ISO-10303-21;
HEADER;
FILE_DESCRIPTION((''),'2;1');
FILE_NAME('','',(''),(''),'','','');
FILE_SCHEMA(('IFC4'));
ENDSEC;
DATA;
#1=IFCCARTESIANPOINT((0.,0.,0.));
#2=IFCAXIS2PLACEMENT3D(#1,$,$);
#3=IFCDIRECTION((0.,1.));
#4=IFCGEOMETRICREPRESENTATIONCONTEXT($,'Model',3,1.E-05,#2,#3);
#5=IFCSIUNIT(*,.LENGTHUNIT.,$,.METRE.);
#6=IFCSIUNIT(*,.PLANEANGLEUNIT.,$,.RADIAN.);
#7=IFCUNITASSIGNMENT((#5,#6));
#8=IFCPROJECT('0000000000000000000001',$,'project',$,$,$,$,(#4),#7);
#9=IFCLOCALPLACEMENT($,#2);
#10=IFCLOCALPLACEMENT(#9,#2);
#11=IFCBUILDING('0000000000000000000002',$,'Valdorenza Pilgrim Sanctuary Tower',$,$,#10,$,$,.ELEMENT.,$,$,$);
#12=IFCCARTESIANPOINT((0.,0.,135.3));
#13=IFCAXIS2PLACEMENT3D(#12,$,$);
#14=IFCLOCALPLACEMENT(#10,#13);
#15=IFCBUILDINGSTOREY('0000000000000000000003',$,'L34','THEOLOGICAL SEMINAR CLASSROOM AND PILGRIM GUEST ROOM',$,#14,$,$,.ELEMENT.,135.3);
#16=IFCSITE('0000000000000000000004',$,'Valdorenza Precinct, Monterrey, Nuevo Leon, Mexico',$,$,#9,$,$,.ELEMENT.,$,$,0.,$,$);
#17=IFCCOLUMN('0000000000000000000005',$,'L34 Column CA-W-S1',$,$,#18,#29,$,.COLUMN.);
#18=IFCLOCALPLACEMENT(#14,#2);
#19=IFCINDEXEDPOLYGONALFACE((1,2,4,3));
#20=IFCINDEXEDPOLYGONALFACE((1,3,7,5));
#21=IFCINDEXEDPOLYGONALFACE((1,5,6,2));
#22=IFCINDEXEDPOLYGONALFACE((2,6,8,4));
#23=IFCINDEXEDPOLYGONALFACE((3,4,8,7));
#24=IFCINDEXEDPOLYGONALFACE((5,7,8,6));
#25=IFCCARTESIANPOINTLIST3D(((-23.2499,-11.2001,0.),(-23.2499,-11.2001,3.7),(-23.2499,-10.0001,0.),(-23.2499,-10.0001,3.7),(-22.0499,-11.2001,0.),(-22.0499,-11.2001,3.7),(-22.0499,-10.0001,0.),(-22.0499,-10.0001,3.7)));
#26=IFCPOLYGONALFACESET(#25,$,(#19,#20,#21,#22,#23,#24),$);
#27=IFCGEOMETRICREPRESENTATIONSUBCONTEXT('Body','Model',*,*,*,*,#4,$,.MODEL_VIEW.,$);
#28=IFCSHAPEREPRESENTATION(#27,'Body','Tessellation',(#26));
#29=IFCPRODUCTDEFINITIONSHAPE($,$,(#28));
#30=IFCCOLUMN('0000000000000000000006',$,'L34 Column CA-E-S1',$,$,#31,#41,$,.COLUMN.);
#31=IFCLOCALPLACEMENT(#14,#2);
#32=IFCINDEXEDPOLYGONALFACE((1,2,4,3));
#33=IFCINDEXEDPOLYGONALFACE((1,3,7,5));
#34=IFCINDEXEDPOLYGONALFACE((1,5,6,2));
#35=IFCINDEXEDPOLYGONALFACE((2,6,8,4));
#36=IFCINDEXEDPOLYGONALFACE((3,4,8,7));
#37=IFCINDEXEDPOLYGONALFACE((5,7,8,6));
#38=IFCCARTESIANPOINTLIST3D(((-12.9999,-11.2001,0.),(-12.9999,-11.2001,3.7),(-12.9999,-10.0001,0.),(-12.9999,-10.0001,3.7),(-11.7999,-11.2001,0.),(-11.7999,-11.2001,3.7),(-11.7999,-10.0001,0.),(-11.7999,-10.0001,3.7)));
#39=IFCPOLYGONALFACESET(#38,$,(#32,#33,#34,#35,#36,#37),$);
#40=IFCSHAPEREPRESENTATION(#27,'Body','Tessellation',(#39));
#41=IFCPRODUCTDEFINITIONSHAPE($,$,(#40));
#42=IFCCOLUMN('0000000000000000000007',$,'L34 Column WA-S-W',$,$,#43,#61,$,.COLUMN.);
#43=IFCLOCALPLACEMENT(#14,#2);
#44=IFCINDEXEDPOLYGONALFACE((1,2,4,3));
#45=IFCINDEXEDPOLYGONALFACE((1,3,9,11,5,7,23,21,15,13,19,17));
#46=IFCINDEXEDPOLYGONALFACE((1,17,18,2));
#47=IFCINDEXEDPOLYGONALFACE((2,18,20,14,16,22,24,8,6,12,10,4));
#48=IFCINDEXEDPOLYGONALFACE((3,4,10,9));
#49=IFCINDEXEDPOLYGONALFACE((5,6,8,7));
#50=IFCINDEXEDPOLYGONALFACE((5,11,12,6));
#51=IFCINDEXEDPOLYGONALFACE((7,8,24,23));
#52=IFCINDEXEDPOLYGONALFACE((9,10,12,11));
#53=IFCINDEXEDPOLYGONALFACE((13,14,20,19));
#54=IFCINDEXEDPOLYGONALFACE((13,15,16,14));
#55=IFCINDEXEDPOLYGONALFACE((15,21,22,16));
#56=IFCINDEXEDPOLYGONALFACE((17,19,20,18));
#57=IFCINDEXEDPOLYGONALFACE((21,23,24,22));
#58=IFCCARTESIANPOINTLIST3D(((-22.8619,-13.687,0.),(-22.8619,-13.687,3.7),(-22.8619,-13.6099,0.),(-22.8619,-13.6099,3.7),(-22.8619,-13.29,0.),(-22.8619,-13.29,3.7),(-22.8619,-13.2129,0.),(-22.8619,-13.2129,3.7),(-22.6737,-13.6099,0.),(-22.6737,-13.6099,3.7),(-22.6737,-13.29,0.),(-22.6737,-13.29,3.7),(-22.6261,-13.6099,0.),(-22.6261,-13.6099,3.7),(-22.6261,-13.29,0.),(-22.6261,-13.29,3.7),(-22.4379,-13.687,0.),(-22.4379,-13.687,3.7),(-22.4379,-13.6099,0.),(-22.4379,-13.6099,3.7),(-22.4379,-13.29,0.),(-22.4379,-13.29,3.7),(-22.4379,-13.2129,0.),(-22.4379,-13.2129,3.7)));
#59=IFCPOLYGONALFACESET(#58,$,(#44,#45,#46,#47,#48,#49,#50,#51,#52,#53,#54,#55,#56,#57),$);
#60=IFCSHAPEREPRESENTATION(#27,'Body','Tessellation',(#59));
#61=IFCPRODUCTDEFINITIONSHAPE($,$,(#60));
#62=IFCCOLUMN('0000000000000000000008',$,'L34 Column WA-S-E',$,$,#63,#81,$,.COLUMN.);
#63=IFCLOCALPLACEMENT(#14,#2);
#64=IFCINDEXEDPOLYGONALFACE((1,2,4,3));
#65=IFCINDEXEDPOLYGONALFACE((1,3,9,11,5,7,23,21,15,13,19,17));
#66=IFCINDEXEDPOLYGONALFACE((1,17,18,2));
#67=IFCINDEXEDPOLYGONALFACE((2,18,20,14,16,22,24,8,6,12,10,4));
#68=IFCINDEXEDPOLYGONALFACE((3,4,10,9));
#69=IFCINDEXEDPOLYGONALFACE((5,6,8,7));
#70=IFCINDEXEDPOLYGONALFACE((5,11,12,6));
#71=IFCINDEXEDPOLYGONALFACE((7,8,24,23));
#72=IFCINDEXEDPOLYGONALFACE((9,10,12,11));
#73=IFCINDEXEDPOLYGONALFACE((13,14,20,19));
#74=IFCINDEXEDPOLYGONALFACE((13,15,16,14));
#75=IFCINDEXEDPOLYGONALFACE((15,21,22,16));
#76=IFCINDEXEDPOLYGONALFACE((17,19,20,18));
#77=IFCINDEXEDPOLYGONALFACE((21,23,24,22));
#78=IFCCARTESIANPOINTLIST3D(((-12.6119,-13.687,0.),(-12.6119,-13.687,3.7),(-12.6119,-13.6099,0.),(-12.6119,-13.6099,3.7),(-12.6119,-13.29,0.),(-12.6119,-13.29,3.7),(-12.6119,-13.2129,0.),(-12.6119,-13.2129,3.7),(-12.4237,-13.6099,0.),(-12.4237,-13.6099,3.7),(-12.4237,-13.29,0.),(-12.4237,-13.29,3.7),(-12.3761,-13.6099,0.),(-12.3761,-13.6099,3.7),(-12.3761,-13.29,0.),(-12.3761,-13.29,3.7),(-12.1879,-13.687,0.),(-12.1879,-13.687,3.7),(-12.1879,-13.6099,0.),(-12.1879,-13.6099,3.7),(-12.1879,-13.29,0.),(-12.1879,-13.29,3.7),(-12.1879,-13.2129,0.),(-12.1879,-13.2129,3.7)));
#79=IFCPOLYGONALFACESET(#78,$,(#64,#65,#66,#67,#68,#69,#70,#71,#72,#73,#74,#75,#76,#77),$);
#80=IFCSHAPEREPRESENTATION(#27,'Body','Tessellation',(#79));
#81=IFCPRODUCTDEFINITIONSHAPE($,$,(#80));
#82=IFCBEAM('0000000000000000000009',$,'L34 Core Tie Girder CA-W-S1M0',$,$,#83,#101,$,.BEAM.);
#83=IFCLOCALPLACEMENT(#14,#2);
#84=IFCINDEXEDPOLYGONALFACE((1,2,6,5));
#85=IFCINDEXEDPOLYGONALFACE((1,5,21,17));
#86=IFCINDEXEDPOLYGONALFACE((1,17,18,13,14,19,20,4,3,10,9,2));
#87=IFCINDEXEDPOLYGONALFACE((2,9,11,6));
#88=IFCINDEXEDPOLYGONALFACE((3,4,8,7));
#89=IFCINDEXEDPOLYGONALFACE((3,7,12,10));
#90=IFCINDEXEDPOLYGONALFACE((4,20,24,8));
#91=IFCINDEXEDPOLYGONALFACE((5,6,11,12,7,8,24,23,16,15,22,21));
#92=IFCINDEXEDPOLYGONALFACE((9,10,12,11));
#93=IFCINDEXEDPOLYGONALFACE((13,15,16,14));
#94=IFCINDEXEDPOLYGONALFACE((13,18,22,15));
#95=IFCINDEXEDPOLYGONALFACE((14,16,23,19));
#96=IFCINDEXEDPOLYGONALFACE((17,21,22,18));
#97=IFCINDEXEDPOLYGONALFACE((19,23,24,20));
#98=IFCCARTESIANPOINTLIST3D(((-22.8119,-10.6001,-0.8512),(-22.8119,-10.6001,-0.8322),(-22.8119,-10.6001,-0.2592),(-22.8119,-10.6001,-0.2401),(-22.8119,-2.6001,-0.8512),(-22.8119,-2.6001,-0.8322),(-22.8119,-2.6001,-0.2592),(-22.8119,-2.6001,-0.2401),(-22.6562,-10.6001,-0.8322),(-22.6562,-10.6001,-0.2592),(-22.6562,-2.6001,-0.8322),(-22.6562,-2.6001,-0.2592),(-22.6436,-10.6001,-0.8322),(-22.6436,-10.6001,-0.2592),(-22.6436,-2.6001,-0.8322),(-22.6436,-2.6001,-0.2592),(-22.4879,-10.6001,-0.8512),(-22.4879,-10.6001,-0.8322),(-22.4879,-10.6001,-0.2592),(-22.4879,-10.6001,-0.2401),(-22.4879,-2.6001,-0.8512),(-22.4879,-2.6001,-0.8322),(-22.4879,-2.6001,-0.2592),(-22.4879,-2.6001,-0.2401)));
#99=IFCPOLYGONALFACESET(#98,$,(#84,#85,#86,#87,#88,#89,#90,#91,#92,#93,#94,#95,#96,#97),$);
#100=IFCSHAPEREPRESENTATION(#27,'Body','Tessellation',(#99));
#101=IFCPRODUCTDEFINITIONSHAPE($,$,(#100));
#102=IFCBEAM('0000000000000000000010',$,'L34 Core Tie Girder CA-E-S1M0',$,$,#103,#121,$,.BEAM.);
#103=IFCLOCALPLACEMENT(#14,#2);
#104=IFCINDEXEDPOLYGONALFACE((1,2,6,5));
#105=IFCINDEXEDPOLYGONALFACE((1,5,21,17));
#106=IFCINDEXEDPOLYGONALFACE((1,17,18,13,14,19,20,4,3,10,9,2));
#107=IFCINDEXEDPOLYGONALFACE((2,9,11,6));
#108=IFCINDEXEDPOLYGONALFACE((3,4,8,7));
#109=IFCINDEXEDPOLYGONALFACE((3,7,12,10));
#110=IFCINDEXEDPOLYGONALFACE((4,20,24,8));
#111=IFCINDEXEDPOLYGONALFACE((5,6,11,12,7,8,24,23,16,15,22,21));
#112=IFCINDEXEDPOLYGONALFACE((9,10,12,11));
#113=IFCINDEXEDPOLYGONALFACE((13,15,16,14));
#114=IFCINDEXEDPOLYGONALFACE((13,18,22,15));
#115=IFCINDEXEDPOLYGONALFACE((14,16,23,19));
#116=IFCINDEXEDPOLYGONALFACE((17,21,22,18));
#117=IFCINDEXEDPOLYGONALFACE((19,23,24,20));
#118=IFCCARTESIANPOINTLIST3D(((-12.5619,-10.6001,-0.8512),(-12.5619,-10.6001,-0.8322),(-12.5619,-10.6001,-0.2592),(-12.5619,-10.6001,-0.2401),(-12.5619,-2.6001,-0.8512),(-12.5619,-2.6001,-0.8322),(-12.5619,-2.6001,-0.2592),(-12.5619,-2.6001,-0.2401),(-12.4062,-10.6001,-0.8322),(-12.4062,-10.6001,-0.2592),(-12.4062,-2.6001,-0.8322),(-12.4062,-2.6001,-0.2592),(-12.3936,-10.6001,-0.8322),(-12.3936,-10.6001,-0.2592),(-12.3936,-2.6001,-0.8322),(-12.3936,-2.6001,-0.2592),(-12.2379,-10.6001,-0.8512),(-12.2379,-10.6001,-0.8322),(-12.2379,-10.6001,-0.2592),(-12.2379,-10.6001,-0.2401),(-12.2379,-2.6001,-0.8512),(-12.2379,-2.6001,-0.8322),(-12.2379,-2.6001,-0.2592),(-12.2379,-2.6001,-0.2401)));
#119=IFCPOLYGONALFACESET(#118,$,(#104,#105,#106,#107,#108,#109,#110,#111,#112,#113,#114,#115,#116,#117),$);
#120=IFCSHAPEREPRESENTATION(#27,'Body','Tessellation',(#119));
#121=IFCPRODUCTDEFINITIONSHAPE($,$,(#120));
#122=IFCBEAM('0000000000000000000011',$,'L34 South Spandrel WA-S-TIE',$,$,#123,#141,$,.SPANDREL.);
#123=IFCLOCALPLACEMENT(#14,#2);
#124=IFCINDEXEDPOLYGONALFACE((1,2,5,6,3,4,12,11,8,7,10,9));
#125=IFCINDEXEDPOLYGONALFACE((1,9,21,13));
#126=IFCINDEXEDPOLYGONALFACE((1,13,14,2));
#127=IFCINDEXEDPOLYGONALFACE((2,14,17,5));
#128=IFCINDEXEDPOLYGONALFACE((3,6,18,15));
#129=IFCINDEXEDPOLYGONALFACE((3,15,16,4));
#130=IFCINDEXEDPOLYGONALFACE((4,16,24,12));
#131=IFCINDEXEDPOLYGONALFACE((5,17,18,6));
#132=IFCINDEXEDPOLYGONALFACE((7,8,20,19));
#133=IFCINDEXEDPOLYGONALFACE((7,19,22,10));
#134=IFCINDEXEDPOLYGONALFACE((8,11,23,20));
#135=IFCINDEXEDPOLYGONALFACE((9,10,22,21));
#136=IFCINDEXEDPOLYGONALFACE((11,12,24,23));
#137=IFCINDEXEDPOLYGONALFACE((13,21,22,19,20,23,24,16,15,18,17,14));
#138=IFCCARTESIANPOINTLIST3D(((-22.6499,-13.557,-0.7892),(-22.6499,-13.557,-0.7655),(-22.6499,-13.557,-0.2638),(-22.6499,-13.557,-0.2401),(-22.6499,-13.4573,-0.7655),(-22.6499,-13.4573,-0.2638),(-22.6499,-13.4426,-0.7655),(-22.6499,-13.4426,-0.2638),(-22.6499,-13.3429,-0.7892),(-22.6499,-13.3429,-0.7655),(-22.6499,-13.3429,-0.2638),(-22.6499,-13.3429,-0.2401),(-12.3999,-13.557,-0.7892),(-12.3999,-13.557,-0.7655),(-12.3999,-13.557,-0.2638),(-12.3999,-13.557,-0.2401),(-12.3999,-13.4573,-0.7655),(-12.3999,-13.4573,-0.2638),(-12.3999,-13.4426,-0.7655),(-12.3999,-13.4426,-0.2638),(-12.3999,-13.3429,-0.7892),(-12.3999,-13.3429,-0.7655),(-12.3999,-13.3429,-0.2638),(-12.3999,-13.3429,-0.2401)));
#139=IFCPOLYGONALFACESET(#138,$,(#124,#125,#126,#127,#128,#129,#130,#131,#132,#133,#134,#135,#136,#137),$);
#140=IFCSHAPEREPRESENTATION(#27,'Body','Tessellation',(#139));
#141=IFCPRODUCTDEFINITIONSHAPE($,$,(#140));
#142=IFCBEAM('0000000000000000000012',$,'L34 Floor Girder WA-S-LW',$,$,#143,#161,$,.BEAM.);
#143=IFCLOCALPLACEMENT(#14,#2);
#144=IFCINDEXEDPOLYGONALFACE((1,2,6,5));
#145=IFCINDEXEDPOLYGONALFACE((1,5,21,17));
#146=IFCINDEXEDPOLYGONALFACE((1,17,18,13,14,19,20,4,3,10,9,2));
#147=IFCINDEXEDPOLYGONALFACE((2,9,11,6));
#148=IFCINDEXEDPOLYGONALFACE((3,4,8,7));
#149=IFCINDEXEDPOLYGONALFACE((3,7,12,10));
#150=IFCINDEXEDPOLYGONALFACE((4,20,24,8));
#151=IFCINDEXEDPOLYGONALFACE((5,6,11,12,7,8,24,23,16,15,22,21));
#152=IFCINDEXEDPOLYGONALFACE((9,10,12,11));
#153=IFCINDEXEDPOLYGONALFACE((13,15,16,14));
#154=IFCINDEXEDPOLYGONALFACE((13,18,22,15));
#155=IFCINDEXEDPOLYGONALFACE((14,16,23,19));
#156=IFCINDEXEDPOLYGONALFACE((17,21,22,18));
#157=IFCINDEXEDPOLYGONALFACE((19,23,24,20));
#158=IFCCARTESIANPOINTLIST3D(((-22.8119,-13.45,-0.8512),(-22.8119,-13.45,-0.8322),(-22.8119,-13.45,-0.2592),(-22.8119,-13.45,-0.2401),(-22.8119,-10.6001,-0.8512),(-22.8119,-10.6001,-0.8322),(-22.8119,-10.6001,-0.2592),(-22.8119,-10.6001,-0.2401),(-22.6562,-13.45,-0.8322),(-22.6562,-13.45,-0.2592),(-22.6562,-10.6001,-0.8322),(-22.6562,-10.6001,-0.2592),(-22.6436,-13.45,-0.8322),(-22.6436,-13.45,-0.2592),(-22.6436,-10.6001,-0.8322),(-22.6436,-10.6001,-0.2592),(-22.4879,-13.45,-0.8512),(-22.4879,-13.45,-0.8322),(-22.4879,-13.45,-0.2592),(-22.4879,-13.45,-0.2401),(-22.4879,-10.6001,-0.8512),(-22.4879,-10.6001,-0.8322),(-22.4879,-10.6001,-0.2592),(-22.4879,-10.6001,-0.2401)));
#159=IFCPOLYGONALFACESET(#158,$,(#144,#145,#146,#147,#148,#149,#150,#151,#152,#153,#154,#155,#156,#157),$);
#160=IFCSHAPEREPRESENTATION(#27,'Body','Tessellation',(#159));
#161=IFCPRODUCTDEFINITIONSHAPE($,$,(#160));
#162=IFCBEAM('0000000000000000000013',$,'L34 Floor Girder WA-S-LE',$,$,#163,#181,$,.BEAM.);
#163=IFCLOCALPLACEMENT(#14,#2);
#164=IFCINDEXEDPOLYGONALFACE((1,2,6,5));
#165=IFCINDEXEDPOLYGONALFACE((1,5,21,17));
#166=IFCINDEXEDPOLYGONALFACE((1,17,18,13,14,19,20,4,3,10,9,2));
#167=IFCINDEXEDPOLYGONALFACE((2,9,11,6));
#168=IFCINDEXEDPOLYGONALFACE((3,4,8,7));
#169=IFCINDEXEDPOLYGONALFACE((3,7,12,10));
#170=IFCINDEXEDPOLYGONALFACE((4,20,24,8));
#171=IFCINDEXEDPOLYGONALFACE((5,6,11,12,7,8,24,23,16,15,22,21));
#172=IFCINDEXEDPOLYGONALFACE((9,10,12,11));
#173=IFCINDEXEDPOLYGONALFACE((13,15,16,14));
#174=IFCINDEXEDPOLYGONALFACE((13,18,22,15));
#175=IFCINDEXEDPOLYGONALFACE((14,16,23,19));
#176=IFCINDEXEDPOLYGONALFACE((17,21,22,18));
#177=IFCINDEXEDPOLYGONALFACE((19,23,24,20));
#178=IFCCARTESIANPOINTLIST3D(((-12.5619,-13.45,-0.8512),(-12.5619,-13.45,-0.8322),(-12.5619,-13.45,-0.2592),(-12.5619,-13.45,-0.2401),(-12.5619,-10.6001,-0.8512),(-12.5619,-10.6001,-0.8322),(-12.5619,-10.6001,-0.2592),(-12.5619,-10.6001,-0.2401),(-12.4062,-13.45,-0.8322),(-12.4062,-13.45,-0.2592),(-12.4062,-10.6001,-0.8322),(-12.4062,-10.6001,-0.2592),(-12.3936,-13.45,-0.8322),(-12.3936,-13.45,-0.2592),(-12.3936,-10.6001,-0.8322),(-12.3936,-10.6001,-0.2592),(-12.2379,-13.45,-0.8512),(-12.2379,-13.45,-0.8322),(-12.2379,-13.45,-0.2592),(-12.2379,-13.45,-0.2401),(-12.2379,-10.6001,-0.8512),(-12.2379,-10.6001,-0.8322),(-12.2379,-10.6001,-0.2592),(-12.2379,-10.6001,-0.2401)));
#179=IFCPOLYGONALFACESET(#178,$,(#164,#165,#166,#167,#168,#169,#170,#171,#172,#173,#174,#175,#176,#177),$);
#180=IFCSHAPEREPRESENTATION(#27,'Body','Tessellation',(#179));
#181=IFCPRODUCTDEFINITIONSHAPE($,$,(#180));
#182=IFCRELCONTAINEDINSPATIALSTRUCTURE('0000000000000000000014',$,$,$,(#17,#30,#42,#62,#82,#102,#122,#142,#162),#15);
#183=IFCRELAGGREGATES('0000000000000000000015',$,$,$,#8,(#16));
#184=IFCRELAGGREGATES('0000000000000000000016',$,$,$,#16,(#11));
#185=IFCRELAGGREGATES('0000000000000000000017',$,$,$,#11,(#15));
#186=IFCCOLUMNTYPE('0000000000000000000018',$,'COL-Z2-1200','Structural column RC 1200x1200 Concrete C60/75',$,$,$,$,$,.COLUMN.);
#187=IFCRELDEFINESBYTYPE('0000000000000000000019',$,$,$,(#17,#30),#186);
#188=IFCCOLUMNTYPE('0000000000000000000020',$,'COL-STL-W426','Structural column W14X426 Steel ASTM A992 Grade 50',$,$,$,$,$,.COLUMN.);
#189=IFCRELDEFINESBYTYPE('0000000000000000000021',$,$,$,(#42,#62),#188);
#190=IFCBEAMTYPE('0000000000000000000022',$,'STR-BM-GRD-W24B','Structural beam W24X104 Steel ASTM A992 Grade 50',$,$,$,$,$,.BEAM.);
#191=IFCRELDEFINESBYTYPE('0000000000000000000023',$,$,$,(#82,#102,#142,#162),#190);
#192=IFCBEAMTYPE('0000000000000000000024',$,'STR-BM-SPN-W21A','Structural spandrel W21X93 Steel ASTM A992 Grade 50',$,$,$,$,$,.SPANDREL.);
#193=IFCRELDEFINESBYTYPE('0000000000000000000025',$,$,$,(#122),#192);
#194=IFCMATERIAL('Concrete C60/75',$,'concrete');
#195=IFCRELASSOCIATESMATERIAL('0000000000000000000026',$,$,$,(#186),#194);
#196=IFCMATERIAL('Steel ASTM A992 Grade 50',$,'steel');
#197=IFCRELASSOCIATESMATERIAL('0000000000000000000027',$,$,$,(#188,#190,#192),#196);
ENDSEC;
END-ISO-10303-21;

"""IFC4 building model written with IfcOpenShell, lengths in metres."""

from ifc_helpers import new_model, si_unit, direction, frame, origin, origin_2d, place, context, subcontext, project, spatial, rectangle, i_section, extrude, source, transform, mapped, material, material_profile, profile_set, type_object, element, save


model = new_model("IFC4")

# Units and contexts
model_context = context("Model", 3, precision=1e-05, world=origin(), true_north=direction((0.0, 1.0)))
body_context = subcontext(model_context, "Body", "Model", "MODEL_VIEW")
ifc_project = project(units=[si_unit("LENGTHUNIT", "METRE"), si_unit("PLANEANGLEUNIT", "RADIAN")], contexts=[model_context])

# Site, building, storey
site_placement = place(None, origin())
site = spatial("IfcSite", under=ifc_project, at=site_placement, Name="Valdorenza Precinct, Monterrey, Nuevo Leon, Mexico", CompositionType="ELEMENT", RefElevation=0.0)
building_placement = place(site_placement, origin())
building = spatial("IfcBuilding", under=site, at=building_placement, Name="Valdorenza Pilgrim Sanctuary Tower", CompositionType="ELEMENT")
storey_placement = place(building_placement, frame((0.0, 0.0, 135.3)))
storey = spatial("IfcBuildingStorey", under=building, at=storey_placement, Name="L34", Description="THEOLOGICAL SEMINAR CLASSROOM AND PILGRIM GUEST ROOM", CompositionType="ELEMENT", Elevation=135.3)

# Columns
ifc_material_1 = material(Name="Concrete C60/75", Category="concrete")
ifc_material_profile_1 = material_profile(ifc_material_1, rectangle(XDim=1.2, YDim=1.2, at=origin_2d()), Name="RC 1200x1200")
ifc_profile_set_1 = profile_set([ifc_material_profile_1], Name="Concrete C60/75")
column_type_1 = type_object("IfcColumnType", Name="COL-Z2-1200", Description="Structural column RC 1200x1200 Concrete C60/75", PredefinedType="COLUMN", material=ifc_profile_set_1)
shared_shape_1 = source(origin(), body_context, "Body", "SweptSolid", [
    extrude(rectangle(XDim=1.2, YDim=1.2, at=origin_2d()), origin(), (0.0, 0.0, 1.0), 3.7),
])
for number, where, z_axis, x_axis, name in (
    (1, (-22.6499, -10.6001, 0.0), (0.0, 0.0, 1.0), (1.0, 0.0, 0.0), "L34 Column CA-W-S1"),
    (2, (-12.3999, -10.6001, 0.0), (0.0, 0.0, 1.0), (1.0, 0.0, 0.0), "L34 Column CA-E-S1"),
):
    element("IfcColumn", number, at=place(storey_placement, frame(where, z_axis=z_axis, x_axis=x_axis)), inside=storey, type_object=column_type_1, Name=name, PredefinedType="COLUMN", context=body_context, shape_type="MappedRepresentation", body=[
        mapped(shared_shape_1, transform((0.0, 0.0, 0.0), x_axis=(1.0, 0.0, 0.0), y_axis=(0.0, 1.0, 0.0), z_axis=(0.0, 0.0, 1.0), scale=1.0)),
    ])
ifc_material_2 = material(Name="Steel ASTM A992 Grade 50", Category="steel")
ifc_material_profile_2 = material_profile(ifc_material_2, i_section(OverallWidth=0.4241, OverallDepth=0.4741, WebThickness=0.0476, FlangeThickness=0.0771, at=origin_2d()), Name="W14X426")
ifc_profile_set_2 = profile_set([ifc_material_profile_2], Name="Steel ASTM A992 Grade 50")
column_type_2 = type_object("IfcColumnType", Name="COL-STL-W426", Description="Structural column W14X426 Steel ASTM A992 Grade 50", PredefinedType="COLUMN", material=ifc_profile_set_2)
shared_shape_2 = source(origin(), body_context, "Body", "SweptSolid", [
    extrude(i_section(OverallWidth=0.4241, OverallDepth=0.4741, WebThickness=0.0476, FlangeThickness=0.0771, at=origin_2d()), origin(), (0.0, 0.0, 1.0), 3.7),
])
for number, where, z_axis, x_axis, name in (
    (3, (-22.6499, -13.45, 0.0), (0.0, 0.0, 1.0), (1.0, 0.0, 0.0), "L34 Column WA-S-W"),
    (4, (-12.3999, -13.45, 0.0), (0.0, 0.0, 1.0), (1.0, 0.0, 0.0), "L34 Column WA-S-E"),
):
    element("IfcColumn", number, at=place(storey_placement, frame(where, z_axis=z_axis, x_axis=x_axis)), inside=storey, type_object=column_type_2, Name=name, PredefinedType="COLUMN", context=body_context, shape_type="MappedRepresentation", body=[
        mapped(shared_shape_2, transform((0.0, 0.0, 0.0), x_axis=(1.0, 0.0, 0.0), y_axis=(0.0, 1.0, 0.0), z_axis=(0.0, 0.0, 1.0), scale=1.0)),
    ])

# Beams
ifc_material_profile_3 = material_profile(ifc_material_2, i_section(OverallWidth=0.324, OverallDepth=0.6111, WebThickness=0.0127, FlangeThickness=0.019, at=origin_2d()), Name="W24X104")
ifc_profile_set_3 = profile_set([ifc_material_profile_3], Name="Steel ASTM A992 Grade 50")
beam_type_1 = type_object("IfcBeamType", Name="STR-BM-GRD-W24B", Description="Structural beam W24X104 Steel ASTM A992 Grade 50", PredefinedType="BEAM", material=ifc_profile_set_3)
shared_shape_3 = source(origin(), body_context, "Body", "SweptSolid", [
    extrude(i_section(OverallWidth=0.324, OverallDepth=0.6111, WebThickness=0.0127, FlangeThickness=0.019, at=origin_2d()), origin(), (0.0, 0.0, 1.0), 8.0),
])
for number, where, z_axis, x_axis, name in (
    (5, (-22.6499, -10.6001, -0.5457), (0.0, 1.0, 0.0), (-1.0, 0.0, 0.0), "L34 Core Tie Girder CA-W-S1M0"),
    (6, (-12.3999, -10.6001, -0.5457), (0.0, 1.0, 0.0), (-1.0, 0.0, 0.0), "L34 Core Tie Girder CA-E-S1M0"),
):
    element("IfcBeam", number, at=place(storey_placement, frame(where, z_axis=z_axis, x_axis=x_axis)), inside=storey, type_object=beam_type_1, Name=name, PredefinedType="BEAM", context=body_context, shape_type="MappedRepresentation", body=[
        mapped(shared_shape_3, transform((0.0, 0.0, 0.0), x_axis=(1.0, 0.0, 0.0), y_axis=(0.0, 1.0, 0.0), z_axis=(0.0, 0.0, 1.0), scale=1.0)),
    ])
ifc_material_profile_4 = material_profile(ifc_material_2, i_section(OverallWidth=0.2141, OverallDepth=0.5491, WebThickness=0.0146, FlangeThickness=0.0237, at=origin_2d()), Name="W21X93")
ifc_profile_set_4 = profile_set([ifc_material_profile_4], Name="Steel ASTM A992 Grade 50")
beam_type_2 = type_object("IfcBeamType", Name="STR-BM-SPN-W21A", Description="Structural spandrel W21X93 Steel ASTM A992 Grade 50", PredefinedType="SPANDREL", material=ifc_profile_set_4)
shared_shape_4 = source(origin(), body_context, "Body", "SweptSolid", [
    extrude(i_section(OverallWidth=0.2141, OverallDepth=0.5491, WebThickness=0.0146, FlangeThickness=0.0237, at=origin_2d()), origin(), (0.0, 0.0, 1.0), 10.25),
])
beam_1_placement = place(storey_placement, frame((-22.6499, -13.45, -0.5146), z_axis=(1.0, 0.0, 0.0), x_axis=(0.0, 1.0, 0.0)))
element("IfcBeam", 7, at=beam_1_placement, inside=storey, type_object=beam_type_2, Name="L34 South Spandrel WA-S-TIE", PredefinedType="SPANDREL", context=body_context, shape_type="MappedRepresentation", body=[
    mapped(shared_shape_4, transform((0.0, 0.0, 0.0), x_axis=(1.0, 0.0, 0.0), y_axis=(0.0, 1.0, 0.0), z_axis=(0.0, 0.0, 1.0), scale=1.0)),
])
shared_shape_5 = source(origin(), body_context, "Body", "SweptSolid", [
    extrude(i_section(OverallWidth=0.324, OverallDepth=0.6111, WebThickness=0.0127, FlangeThickness=0.019, at=origin_2d()), origin(), (0.0, 0.0, 1.0), 2.8499),
])
for number, where, z_axis, x_axis, name in (
    (8, (-22.6499, -13.45, -0.5457), (0.0, 1.0, 0.0), (-1.0, 0.0, 0.0), "L34 Floor Girder WA-S-LW"),
    (9, (-12.3999, -13.45, -0.5457), (0.0, 1.0, 0.0), (-1.0, 0.0, 0.0), "L34 Floor Girder WA-S-LE"),
):
    element("IfcBeam", number, at=place(storey_placement, frame(where, z_axis=z_axis, x_axis=x_axis)), inside=storey, type_object=beam_type_1, Name=name, PredefinedType="BEAM", context=body_context, shape_type="MappedRepresentation", body=[
        mapped(shared_shape_5, transform((0.0, 0.0, 0.0), x_axis=(1.0, 0.0, 0.0), y_axis=(0.0, 1.0, 0.0), z_axis=(0.0, 0.0, 1.0), scale=1.0)),
    ])

save(model, "model.ifc")
